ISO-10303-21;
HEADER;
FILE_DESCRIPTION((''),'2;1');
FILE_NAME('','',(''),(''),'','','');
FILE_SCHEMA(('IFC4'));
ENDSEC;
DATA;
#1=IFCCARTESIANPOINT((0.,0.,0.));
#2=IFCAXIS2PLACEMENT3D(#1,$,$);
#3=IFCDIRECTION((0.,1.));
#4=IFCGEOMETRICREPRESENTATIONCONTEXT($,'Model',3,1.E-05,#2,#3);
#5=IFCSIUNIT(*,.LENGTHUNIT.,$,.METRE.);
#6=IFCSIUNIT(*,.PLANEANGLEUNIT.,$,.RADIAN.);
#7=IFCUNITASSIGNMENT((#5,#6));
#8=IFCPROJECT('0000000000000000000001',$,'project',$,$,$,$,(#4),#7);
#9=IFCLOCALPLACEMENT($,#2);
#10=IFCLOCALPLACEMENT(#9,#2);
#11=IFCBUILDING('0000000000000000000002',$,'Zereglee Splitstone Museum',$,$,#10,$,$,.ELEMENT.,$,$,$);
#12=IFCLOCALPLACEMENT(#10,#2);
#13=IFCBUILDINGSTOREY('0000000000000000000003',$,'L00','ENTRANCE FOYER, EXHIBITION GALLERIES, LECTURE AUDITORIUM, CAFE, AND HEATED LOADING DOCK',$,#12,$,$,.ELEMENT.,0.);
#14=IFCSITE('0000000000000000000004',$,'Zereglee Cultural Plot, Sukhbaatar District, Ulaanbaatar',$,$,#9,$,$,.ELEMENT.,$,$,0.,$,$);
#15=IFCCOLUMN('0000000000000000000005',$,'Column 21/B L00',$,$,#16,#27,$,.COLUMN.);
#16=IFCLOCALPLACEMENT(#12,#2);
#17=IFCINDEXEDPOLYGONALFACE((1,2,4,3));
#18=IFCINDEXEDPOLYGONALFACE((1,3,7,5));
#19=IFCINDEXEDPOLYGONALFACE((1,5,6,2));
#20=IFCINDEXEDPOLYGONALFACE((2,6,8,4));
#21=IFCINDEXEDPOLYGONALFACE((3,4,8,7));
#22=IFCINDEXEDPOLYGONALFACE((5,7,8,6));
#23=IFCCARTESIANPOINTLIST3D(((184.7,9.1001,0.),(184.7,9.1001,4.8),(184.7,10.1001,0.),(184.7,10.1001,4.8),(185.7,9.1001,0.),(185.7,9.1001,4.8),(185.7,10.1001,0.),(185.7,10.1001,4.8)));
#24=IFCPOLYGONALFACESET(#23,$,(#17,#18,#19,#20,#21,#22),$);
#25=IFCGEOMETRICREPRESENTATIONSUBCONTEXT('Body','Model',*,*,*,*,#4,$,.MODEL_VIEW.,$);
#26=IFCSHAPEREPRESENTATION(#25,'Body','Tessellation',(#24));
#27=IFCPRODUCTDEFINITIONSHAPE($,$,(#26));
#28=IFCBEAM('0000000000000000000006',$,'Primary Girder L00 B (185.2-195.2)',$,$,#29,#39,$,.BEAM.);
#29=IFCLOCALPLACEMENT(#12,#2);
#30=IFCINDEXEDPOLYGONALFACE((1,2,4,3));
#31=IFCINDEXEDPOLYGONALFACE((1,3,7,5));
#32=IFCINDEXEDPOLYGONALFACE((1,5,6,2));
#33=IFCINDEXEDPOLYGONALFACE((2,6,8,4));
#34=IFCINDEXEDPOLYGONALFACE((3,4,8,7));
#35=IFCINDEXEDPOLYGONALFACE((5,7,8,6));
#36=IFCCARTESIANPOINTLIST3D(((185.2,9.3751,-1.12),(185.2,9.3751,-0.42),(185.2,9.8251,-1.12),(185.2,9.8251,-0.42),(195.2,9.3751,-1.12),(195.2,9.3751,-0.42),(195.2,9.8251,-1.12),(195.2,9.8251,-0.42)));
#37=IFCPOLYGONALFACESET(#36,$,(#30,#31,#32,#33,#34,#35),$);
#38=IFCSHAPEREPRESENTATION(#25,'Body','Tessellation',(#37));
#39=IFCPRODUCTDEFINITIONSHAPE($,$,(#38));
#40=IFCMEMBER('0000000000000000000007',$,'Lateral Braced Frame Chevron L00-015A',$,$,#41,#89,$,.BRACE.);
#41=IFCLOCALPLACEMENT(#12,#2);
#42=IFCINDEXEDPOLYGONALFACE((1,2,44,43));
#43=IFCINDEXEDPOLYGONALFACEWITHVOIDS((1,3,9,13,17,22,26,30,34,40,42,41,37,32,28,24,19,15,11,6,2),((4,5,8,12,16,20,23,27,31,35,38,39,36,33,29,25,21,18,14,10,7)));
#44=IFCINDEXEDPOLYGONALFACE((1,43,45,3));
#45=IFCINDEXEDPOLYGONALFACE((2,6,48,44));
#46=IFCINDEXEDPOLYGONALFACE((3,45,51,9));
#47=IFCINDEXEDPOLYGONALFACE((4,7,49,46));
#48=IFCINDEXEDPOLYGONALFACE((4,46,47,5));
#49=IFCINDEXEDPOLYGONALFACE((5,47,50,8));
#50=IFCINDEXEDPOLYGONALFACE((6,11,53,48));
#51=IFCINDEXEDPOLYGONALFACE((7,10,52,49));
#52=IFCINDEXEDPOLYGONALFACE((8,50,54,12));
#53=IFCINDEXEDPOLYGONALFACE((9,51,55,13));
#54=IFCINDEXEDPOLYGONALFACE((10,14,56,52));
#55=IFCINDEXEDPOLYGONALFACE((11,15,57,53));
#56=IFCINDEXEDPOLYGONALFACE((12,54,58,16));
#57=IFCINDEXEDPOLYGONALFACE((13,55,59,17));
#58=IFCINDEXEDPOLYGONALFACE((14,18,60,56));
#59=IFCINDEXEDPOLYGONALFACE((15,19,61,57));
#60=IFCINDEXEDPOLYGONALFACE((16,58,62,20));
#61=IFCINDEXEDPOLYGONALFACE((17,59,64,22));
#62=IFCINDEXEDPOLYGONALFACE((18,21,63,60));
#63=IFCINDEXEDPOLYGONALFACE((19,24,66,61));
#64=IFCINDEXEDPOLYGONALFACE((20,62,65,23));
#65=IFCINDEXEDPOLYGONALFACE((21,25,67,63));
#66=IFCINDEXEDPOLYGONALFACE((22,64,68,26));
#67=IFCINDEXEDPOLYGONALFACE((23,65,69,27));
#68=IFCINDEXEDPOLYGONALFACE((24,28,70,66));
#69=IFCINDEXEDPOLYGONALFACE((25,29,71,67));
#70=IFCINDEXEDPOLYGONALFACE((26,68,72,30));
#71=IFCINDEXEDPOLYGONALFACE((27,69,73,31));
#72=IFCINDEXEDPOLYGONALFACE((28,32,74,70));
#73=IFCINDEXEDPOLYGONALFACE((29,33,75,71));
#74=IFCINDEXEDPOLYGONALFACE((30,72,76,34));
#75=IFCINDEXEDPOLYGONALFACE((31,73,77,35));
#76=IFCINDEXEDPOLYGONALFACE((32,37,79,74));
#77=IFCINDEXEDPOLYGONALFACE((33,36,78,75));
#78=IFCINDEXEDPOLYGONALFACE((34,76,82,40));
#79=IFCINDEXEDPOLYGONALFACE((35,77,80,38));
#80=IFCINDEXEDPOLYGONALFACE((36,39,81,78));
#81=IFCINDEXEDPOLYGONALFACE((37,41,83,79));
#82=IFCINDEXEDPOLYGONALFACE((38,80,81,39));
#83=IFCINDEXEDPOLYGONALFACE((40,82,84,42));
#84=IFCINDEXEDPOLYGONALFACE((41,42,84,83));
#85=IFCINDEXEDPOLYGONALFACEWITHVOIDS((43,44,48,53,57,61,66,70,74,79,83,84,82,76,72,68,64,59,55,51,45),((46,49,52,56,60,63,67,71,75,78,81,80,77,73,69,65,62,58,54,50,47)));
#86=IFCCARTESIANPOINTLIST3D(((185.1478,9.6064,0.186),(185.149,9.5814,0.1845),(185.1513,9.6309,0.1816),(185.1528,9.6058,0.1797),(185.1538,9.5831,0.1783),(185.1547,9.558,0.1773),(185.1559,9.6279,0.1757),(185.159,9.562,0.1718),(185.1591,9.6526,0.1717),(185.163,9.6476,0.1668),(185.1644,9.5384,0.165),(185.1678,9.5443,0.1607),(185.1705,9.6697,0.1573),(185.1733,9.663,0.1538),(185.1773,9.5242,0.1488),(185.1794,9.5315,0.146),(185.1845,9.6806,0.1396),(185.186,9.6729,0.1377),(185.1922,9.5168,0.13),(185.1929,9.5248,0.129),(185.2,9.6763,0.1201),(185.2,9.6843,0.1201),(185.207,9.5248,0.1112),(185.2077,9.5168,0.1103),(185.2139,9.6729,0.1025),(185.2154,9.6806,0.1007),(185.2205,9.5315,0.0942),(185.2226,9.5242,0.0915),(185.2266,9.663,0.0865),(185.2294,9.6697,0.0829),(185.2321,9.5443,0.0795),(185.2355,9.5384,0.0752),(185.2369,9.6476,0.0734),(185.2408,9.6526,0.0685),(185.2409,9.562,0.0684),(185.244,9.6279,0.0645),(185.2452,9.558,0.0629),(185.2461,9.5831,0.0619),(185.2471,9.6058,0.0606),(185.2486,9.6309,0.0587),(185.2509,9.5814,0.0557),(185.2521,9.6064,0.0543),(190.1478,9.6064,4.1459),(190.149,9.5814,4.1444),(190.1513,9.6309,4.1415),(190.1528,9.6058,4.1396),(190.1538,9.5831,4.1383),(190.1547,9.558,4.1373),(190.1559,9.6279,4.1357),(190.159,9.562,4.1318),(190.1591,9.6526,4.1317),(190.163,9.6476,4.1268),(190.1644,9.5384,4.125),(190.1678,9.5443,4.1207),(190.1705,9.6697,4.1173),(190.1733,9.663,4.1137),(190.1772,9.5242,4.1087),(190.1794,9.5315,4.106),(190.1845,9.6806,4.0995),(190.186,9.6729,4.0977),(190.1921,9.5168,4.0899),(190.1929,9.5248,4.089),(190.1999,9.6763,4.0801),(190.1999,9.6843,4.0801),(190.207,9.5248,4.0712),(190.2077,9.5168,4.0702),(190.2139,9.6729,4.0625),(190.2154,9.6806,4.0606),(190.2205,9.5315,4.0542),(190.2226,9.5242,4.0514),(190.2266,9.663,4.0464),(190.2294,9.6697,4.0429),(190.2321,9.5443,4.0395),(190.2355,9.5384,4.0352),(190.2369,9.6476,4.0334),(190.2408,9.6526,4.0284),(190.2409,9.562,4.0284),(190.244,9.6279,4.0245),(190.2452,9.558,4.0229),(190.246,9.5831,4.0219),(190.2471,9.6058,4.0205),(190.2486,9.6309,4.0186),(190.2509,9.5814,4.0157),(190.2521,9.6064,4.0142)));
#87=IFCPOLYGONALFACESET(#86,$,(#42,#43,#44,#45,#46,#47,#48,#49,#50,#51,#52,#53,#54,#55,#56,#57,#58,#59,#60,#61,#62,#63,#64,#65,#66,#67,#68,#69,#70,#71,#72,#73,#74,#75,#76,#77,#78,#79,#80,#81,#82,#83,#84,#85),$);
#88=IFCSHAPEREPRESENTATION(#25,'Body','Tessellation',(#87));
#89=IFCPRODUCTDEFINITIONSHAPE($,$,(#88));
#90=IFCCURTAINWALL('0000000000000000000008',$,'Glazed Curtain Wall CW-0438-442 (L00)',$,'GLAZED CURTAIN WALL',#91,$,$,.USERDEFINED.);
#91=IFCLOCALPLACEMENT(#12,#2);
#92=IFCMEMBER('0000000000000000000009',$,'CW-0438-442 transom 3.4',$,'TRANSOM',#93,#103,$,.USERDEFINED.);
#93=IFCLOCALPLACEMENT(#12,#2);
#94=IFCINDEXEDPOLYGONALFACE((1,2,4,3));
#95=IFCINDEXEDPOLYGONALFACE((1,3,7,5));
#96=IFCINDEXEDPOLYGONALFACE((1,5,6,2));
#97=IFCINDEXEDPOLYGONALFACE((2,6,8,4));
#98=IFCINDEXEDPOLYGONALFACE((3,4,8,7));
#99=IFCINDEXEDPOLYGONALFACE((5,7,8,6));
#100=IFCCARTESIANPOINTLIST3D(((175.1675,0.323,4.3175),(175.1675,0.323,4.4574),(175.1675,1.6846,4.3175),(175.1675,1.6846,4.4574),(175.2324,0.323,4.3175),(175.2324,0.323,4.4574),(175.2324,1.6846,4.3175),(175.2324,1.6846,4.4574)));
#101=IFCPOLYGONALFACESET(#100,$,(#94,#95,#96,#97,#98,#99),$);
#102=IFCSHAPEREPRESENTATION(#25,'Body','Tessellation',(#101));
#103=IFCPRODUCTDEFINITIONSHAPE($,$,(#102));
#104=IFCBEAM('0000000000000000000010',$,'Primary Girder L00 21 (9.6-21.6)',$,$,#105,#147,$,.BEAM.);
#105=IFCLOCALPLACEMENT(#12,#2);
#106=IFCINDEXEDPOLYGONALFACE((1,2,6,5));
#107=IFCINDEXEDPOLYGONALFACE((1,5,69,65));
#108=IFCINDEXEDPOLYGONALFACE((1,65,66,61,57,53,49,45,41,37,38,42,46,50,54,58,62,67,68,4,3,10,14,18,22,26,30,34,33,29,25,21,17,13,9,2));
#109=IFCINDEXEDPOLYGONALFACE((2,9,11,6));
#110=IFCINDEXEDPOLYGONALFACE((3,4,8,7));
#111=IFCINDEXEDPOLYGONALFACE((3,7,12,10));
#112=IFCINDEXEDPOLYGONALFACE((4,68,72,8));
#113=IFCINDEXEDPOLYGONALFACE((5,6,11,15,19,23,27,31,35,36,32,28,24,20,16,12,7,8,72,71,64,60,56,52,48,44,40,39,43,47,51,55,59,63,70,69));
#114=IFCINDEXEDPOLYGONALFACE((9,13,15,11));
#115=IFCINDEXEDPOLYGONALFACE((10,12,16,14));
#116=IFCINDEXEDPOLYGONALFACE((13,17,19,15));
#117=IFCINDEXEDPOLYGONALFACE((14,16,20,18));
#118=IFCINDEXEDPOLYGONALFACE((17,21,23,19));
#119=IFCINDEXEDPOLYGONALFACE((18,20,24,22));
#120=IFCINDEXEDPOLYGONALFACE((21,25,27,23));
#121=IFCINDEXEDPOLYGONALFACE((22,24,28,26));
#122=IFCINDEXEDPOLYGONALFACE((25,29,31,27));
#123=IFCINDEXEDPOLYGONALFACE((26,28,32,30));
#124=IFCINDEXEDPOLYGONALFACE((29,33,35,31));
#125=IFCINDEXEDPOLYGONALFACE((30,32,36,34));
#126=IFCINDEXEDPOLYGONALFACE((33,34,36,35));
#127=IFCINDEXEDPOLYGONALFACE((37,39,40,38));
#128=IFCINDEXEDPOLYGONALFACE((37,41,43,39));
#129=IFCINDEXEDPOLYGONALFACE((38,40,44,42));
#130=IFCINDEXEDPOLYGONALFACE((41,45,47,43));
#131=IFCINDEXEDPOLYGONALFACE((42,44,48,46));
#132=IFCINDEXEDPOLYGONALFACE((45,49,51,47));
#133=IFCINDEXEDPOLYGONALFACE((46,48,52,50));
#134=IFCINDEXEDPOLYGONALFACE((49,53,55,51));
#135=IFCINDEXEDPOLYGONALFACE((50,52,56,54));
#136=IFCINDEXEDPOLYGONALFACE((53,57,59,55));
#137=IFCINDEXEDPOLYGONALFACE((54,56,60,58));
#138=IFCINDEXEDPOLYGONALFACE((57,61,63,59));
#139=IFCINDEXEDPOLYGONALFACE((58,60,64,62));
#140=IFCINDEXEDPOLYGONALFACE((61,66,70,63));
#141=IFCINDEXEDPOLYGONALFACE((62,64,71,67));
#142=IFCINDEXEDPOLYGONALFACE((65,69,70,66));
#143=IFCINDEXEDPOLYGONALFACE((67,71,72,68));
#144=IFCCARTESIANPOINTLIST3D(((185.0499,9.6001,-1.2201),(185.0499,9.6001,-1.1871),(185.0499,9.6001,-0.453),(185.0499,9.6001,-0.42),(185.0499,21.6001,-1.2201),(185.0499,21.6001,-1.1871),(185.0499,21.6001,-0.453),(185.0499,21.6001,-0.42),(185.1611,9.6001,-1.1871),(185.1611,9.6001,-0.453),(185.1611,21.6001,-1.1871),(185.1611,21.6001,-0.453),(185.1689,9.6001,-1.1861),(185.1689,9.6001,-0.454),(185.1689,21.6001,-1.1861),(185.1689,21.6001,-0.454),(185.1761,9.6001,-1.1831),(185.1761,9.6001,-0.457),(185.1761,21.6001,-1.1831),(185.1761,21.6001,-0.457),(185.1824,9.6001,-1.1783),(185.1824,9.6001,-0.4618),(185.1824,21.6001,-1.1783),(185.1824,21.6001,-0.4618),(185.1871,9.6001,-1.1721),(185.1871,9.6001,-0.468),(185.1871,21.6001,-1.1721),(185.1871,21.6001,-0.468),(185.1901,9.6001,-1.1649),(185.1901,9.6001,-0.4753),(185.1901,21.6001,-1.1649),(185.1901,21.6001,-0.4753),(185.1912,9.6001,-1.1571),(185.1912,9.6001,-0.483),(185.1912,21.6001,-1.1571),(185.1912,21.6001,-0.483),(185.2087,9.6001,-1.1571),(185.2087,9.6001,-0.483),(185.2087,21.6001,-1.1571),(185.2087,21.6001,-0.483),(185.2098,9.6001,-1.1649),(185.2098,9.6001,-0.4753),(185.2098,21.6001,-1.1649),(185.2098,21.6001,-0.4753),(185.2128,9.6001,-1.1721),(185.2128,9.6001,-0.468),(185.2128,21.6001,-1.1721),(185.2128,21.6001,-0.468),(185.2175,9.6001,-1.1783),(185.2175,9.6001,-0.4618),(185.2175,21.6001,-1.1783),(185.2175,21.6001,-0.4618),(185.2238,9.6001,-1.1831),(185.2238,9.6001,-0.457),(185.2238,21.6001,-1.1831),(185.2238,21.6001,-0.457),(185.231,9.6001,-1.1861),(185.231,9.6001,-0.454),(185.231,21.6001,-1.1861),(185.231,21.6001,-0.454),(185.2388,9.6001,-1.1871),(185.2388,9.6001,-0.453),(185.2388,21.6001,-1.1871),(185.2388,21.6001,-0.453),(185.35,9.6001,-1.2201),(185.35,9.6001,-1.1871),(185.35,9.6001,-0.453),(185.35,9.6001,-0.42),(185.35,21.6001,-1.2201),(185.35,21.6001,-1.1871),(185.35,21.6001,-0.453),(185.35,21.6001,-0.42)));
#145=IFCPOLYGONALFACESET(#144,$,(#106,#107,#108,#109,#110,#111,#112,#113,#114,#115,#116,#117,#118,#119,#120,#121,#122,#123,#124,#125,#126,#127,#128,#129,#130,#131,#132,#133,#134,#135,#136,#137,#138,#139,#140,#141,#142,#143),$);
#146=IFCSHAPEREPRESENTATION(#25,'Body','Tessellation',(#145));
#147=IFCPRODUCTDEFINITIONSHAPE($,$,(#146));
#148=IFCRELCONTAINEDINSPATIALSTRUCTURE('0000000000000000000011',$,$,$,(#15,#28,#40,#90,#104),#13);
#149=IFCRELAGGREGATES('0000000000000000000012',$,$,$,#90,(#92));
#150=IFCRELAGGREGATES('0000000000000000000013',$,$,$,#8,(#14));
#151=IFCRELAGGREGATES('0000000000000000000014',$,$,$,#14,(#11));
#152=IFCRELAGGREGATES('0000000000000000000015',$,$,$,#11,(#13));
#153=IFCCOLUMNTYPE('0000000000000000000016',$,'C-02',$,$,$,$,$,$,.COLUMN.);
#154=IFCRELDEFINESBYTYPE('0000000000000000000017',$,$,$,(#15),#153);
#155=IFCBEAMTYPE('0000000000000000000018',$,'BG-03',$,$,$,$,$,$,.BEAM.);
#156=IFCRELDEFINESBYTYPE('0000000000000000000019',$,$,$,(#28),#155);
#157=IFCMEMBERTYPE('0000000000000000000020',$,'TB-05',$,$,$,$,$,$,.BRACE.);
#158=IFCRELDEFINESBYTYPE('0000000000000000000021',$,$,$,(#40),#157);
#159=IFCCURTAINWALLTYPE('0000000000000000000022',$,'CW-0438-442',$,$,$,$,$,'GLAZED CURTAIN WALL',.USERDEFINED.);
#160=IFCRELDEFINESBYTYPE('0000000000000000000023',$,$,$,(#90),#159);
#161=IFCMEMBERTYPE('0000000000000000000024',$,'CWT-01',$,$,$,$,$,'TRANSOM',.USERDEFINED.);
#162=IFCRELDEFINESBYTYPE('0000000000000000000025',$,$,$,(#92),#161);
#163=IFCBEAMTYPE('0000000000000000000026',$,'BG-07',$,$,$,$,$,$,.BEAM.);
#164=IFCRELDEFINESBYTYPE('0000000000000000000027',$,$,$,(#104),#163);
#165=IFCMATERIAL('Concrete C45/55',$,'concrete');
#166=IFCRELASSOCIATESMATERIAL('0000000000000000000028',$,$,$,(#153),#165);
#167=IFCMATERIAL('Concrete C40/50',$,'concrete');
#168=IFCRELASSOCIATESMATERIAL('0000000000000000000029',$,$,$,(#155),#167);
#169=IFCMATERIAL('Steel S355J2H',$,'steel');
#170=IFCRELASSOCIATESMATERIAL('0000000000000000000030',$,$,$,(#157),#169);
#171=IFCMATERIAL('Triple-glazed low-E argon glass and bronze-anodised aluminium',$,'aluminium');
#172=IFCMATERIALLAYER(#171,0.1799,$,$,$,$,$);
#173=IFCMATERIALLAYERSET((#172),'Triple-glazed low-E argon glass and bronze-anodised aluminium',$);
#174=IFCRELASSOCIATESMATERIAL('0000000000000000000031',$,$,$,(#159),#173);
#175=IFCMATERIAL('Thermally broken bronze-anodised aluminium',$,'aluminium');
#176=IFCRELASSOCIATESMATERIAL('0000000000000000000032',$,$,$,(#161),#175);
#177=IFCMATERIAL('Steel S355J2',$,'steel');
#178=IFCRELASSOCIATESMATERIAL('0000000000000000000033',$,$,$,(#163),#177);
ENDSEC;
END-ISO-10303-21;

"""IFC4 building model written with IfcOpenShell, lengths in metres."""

from ifc_helpers import new_model, si_unit, direction, frame, origin, origin_2d, place, context, subcontext, project, spatial, rectangle, hollow_circle, i_section, extrude, material, layer, layer_set, material_profile, profile_set, type_object, element, aggregate, save


model = new_model("IFC4")

# Units and contexts
model_context = context("Model", 3, precision=1e-05, world=origin(), true_north=direction((0.0, 1.0)))
body_context = subcontext(model_context, "Body", "Model", "MODEL_VIEW")
ifc_project = project(units=[si_unit("LENGTHUNIT", "METRE"), si_unit("PLANEANGLEUNIT", "RADIAN")], contexts=[model_context])

# Site, building, storey
site_placement = place(None, origin())
site = spatial("IfcSite", under=ifc_project, at=site_placement, Name="Zereglee Cultural Plot, Sukhbaatar District, Ulaanbaatar", CompositionType="ELEMENT", RefElevation=0.0)
building_placement = place(site_placement, origin())
building = spatial("IfcBuilding", under=site, at=building_placement, Name="Zereglee Splitstone Museum", CompositionType="ELEMENT")
storey_placement = place(building_placement, origin())
storey = spatial("IfcBuildingStorey", under=building, at=storey_placement, Name="L00", Description="ENTRANCE FOYER, EXHIBITION GALLERIES, LECTURE AUDITORIUM, CAFE, AND HEATED LOADING DOCK", CompositionType="ELEMENT", Elevation=0.0)

# Column
ifc_material_1 = material(Name="Concrete C45/55", Category="concrete")
ifc_material_profile_1 = material_profile(ifc_material_1, rectangle(XDim=1.0, YDim=1.0, at=origin_2d()), Name="RC 1000x1000")
ifc_profile_set_1 = profile_set([ifc_material_profile_1], Name="Concrete C45/55")
column_type = type_object("IfcColumnType", Name="C-02", PredefinedType="COLUMN", material=ifc_profile_set_1)
column_placement = place(storey_placement, frame((185.2, 9.6001, 0.0), z_axis=(0.0, 0.0, 1.0), x_axis=(1.0, 0.0, 0.0)))
element("IfcColumn", 1, at=column_placement, inside=storey, type_object=column_type, Name="Column 21/B L00", PredefinedType="COLUMN", context=body_context, shape_type="SweptSolid", body=[
    extrude(rectangle(XDim=1.0, YDim=1.0, at=origin_2d()), origin(), (0.0, 0.0, 1.0), 4.8),
])

# Beam
ifc_material_2 = material(Name="Concrete C40/50", Category="concrete")
ifc_material_profile_2 = material_profile(ifc_material_2, rectangle(XDim=0.45, YDim=0.7, at=origin_2d()), Name="RC 450x700")
ifc_profile_set_2 = profile_set([ifc_material_profile_2], Name="Concrete C40/50")
beam_type_1 = type_object("IfcBeamType", Name="BG-03", PredefinedType="BEAM", material=ifc_profile_set_2)
beam_1_placement = place(storey_placement, frame((185.2, 9.6001, -0.77), z_axis=(1.0, 0.0, 0.0), x_axis=(0.0, 1.0, 0.0)))
element("IfcBeam", 2, at=beam_1_placement, inside=storey, type_object=beam_type_1, Name="Primary Girder L00 B (185.2-195.2)", PredefinedType="BEAM", context=body_context, shape_type="SweptSolid", body=[
    extrude(rectangle(XDim=0.45, YDim=0.7, at=origin_2d()), origin(), (0.0, 0.0, 1.0), 10.0),
])

# Member
ifc_material_3 = material(Name="Steel S355J2H", Category="steel")
ifc_material_profile_3 = material_profile(ifc_material_3, hollow_circle(Radius=0.0842, WallThickness=0.0081, at=origin_2d()), Name="CHS 168.3x8")
ifc_profile_set_3 = profile_set([ifc_material_profile_3], Name="Steel S355J2H")
member_type_1 = type_object("IfcMemberType", Name="TB-05", PredefinedType="BRACE", material=ifc_profile_set_3)
member_1_placement = place(storey_placement, frame((185.2, 9.6001, 0.1201), z_axis=(0.783922, 0.0, 0.62086), x_axis=(0.0, 1.0, 0.0)))
element("IfcMember", 3, at=member_1_placement, inside=storey, type_object=member_type_1, Name="Lateral Braced Frame Chevron L00-015A", PredefinedType="BRACE", context=body_context, shape_type="SweptSolid", body=[
    extrude(hollow_circle(Radius=0.0842, WallThickness=0.0081, at=origin_2d()), origin(), (0.0, 0.0, 1.0), 6.3782),
])

# Curtain wall, member
ifc_material_4 = material(Name="Triple-glazed low-E argon glass and bronze-anodised aluminium", Category="aluminium")
ifc_layer_1 = layer(ifc_material_4, 0.1799)
ifc_layer_set_1 = layer_set([ifc_layer_1], Name="Triple-glazed low-E argon glass and bronze-anodised aluminium")
curtain_wall_type = type_object("IfcCurtainWallType", Name="CW-0438-442", ElementType="GLAZED CURTAIN WALL", PredefinedType="USERDEFINED", material=ifc_layer_set_1)
curtain_wall_placement = place(storey_placement, origin())
curtain_wall = element("IfcCurtainWall", 4, at=curtain_wall_placement, inside=storey, type_object=curtain_wall_type, Name="Glazed Curtain Wall CW-0438-442 (L00)", ObjectType="GLAZED CURTAIN WALL", PredefinedType="USERDEFINED")
ifc_material_5 = material(Name="Thermally broken bronze-anodised aluminium", Category="aluminium")
ifc_material_profile_4 = material_profile(ifc_material_5, rectangle(XDim=0.0649, YDim=0.1399, at=origin_2d()), Name="CW TRAN 65x140")
ifc_profile_set_4 = profile_set([ifc_material_profile_4], Name="Thermally broken bronze-anodised aluminium")
member_type_2 = type_object("IfcMemberType", Name="CWT-01", ElementType="TRANSOM", PredefinedType="USERDEFINED", material=ifc_profile_set_4)
member_2_placement = place(storey_placement, frame((175.2, 1.6846, 4.3875), z_axis=(0.0, -1.0, 0.0), x_axis=(1.0, 0.0, 0.0)))
member_2 = element("IfcMember", 5, at=member_2_placement, type_object=member_type_2, Name="CW-0438-442 transom 3.4", ObjectType="TRANSOM", PredefinedType="USERDEFINED", context=body_context, shape_type="SweptSolid", body=[
    extrude(rectangle(XDim=0.0649, YDim=0.1399, at=origin_2d()), origin(), (0.0, 0.0, 1.0), 1.3616),
])

# Beam
ifc_material_6 = material(Name="Steel S355J2", Category="steel")
ifc_material_profile_5 = material_profile(ifc_material_6, i_section(OverallWidth=0.3, OverallDepth=0.8, WebThickness=0.0176, FlangeThickness=0.033, FilletRadius=0.03, at=origin_2d()), Name="HE 800 B")
ifc_profile_set_5 = profile_set([ifc_material_profile_5], Name="Steel S355J2")
beam_type_2 = type_object("IfcBeamType", Name="BG-07", PredefinedType="BEAM", material=ifc_profile_set_5)
beam_2_placement = place(storey_placement, frame((185.2, 9.6001, -0.8201), z_axis=(0.0, 1.0, 0.0), x_axis=(-1.0, 0.0, 0.0)))
element("IfcBeam", 6, at=beam_2_placement, inside=storey, type_object=beam_type_2, Name="Primary Girder L00 21 (9.6-21.6)", PredefinedType="BEAM", context=body_context, shape_type="SweptSolid", body=[
    extrude(i_section(OverallWidth=0.3, OverallDepth=0.8, WebThickness=0.0176, FlangeThickness=0.033, FilletRadius=0.03, at=origin_2d()), origin(), (0.0, 0.0, 1.0), 12.0),
])

aggregate(curtain_wall, [member_2])

save(model, "model.ifc")
